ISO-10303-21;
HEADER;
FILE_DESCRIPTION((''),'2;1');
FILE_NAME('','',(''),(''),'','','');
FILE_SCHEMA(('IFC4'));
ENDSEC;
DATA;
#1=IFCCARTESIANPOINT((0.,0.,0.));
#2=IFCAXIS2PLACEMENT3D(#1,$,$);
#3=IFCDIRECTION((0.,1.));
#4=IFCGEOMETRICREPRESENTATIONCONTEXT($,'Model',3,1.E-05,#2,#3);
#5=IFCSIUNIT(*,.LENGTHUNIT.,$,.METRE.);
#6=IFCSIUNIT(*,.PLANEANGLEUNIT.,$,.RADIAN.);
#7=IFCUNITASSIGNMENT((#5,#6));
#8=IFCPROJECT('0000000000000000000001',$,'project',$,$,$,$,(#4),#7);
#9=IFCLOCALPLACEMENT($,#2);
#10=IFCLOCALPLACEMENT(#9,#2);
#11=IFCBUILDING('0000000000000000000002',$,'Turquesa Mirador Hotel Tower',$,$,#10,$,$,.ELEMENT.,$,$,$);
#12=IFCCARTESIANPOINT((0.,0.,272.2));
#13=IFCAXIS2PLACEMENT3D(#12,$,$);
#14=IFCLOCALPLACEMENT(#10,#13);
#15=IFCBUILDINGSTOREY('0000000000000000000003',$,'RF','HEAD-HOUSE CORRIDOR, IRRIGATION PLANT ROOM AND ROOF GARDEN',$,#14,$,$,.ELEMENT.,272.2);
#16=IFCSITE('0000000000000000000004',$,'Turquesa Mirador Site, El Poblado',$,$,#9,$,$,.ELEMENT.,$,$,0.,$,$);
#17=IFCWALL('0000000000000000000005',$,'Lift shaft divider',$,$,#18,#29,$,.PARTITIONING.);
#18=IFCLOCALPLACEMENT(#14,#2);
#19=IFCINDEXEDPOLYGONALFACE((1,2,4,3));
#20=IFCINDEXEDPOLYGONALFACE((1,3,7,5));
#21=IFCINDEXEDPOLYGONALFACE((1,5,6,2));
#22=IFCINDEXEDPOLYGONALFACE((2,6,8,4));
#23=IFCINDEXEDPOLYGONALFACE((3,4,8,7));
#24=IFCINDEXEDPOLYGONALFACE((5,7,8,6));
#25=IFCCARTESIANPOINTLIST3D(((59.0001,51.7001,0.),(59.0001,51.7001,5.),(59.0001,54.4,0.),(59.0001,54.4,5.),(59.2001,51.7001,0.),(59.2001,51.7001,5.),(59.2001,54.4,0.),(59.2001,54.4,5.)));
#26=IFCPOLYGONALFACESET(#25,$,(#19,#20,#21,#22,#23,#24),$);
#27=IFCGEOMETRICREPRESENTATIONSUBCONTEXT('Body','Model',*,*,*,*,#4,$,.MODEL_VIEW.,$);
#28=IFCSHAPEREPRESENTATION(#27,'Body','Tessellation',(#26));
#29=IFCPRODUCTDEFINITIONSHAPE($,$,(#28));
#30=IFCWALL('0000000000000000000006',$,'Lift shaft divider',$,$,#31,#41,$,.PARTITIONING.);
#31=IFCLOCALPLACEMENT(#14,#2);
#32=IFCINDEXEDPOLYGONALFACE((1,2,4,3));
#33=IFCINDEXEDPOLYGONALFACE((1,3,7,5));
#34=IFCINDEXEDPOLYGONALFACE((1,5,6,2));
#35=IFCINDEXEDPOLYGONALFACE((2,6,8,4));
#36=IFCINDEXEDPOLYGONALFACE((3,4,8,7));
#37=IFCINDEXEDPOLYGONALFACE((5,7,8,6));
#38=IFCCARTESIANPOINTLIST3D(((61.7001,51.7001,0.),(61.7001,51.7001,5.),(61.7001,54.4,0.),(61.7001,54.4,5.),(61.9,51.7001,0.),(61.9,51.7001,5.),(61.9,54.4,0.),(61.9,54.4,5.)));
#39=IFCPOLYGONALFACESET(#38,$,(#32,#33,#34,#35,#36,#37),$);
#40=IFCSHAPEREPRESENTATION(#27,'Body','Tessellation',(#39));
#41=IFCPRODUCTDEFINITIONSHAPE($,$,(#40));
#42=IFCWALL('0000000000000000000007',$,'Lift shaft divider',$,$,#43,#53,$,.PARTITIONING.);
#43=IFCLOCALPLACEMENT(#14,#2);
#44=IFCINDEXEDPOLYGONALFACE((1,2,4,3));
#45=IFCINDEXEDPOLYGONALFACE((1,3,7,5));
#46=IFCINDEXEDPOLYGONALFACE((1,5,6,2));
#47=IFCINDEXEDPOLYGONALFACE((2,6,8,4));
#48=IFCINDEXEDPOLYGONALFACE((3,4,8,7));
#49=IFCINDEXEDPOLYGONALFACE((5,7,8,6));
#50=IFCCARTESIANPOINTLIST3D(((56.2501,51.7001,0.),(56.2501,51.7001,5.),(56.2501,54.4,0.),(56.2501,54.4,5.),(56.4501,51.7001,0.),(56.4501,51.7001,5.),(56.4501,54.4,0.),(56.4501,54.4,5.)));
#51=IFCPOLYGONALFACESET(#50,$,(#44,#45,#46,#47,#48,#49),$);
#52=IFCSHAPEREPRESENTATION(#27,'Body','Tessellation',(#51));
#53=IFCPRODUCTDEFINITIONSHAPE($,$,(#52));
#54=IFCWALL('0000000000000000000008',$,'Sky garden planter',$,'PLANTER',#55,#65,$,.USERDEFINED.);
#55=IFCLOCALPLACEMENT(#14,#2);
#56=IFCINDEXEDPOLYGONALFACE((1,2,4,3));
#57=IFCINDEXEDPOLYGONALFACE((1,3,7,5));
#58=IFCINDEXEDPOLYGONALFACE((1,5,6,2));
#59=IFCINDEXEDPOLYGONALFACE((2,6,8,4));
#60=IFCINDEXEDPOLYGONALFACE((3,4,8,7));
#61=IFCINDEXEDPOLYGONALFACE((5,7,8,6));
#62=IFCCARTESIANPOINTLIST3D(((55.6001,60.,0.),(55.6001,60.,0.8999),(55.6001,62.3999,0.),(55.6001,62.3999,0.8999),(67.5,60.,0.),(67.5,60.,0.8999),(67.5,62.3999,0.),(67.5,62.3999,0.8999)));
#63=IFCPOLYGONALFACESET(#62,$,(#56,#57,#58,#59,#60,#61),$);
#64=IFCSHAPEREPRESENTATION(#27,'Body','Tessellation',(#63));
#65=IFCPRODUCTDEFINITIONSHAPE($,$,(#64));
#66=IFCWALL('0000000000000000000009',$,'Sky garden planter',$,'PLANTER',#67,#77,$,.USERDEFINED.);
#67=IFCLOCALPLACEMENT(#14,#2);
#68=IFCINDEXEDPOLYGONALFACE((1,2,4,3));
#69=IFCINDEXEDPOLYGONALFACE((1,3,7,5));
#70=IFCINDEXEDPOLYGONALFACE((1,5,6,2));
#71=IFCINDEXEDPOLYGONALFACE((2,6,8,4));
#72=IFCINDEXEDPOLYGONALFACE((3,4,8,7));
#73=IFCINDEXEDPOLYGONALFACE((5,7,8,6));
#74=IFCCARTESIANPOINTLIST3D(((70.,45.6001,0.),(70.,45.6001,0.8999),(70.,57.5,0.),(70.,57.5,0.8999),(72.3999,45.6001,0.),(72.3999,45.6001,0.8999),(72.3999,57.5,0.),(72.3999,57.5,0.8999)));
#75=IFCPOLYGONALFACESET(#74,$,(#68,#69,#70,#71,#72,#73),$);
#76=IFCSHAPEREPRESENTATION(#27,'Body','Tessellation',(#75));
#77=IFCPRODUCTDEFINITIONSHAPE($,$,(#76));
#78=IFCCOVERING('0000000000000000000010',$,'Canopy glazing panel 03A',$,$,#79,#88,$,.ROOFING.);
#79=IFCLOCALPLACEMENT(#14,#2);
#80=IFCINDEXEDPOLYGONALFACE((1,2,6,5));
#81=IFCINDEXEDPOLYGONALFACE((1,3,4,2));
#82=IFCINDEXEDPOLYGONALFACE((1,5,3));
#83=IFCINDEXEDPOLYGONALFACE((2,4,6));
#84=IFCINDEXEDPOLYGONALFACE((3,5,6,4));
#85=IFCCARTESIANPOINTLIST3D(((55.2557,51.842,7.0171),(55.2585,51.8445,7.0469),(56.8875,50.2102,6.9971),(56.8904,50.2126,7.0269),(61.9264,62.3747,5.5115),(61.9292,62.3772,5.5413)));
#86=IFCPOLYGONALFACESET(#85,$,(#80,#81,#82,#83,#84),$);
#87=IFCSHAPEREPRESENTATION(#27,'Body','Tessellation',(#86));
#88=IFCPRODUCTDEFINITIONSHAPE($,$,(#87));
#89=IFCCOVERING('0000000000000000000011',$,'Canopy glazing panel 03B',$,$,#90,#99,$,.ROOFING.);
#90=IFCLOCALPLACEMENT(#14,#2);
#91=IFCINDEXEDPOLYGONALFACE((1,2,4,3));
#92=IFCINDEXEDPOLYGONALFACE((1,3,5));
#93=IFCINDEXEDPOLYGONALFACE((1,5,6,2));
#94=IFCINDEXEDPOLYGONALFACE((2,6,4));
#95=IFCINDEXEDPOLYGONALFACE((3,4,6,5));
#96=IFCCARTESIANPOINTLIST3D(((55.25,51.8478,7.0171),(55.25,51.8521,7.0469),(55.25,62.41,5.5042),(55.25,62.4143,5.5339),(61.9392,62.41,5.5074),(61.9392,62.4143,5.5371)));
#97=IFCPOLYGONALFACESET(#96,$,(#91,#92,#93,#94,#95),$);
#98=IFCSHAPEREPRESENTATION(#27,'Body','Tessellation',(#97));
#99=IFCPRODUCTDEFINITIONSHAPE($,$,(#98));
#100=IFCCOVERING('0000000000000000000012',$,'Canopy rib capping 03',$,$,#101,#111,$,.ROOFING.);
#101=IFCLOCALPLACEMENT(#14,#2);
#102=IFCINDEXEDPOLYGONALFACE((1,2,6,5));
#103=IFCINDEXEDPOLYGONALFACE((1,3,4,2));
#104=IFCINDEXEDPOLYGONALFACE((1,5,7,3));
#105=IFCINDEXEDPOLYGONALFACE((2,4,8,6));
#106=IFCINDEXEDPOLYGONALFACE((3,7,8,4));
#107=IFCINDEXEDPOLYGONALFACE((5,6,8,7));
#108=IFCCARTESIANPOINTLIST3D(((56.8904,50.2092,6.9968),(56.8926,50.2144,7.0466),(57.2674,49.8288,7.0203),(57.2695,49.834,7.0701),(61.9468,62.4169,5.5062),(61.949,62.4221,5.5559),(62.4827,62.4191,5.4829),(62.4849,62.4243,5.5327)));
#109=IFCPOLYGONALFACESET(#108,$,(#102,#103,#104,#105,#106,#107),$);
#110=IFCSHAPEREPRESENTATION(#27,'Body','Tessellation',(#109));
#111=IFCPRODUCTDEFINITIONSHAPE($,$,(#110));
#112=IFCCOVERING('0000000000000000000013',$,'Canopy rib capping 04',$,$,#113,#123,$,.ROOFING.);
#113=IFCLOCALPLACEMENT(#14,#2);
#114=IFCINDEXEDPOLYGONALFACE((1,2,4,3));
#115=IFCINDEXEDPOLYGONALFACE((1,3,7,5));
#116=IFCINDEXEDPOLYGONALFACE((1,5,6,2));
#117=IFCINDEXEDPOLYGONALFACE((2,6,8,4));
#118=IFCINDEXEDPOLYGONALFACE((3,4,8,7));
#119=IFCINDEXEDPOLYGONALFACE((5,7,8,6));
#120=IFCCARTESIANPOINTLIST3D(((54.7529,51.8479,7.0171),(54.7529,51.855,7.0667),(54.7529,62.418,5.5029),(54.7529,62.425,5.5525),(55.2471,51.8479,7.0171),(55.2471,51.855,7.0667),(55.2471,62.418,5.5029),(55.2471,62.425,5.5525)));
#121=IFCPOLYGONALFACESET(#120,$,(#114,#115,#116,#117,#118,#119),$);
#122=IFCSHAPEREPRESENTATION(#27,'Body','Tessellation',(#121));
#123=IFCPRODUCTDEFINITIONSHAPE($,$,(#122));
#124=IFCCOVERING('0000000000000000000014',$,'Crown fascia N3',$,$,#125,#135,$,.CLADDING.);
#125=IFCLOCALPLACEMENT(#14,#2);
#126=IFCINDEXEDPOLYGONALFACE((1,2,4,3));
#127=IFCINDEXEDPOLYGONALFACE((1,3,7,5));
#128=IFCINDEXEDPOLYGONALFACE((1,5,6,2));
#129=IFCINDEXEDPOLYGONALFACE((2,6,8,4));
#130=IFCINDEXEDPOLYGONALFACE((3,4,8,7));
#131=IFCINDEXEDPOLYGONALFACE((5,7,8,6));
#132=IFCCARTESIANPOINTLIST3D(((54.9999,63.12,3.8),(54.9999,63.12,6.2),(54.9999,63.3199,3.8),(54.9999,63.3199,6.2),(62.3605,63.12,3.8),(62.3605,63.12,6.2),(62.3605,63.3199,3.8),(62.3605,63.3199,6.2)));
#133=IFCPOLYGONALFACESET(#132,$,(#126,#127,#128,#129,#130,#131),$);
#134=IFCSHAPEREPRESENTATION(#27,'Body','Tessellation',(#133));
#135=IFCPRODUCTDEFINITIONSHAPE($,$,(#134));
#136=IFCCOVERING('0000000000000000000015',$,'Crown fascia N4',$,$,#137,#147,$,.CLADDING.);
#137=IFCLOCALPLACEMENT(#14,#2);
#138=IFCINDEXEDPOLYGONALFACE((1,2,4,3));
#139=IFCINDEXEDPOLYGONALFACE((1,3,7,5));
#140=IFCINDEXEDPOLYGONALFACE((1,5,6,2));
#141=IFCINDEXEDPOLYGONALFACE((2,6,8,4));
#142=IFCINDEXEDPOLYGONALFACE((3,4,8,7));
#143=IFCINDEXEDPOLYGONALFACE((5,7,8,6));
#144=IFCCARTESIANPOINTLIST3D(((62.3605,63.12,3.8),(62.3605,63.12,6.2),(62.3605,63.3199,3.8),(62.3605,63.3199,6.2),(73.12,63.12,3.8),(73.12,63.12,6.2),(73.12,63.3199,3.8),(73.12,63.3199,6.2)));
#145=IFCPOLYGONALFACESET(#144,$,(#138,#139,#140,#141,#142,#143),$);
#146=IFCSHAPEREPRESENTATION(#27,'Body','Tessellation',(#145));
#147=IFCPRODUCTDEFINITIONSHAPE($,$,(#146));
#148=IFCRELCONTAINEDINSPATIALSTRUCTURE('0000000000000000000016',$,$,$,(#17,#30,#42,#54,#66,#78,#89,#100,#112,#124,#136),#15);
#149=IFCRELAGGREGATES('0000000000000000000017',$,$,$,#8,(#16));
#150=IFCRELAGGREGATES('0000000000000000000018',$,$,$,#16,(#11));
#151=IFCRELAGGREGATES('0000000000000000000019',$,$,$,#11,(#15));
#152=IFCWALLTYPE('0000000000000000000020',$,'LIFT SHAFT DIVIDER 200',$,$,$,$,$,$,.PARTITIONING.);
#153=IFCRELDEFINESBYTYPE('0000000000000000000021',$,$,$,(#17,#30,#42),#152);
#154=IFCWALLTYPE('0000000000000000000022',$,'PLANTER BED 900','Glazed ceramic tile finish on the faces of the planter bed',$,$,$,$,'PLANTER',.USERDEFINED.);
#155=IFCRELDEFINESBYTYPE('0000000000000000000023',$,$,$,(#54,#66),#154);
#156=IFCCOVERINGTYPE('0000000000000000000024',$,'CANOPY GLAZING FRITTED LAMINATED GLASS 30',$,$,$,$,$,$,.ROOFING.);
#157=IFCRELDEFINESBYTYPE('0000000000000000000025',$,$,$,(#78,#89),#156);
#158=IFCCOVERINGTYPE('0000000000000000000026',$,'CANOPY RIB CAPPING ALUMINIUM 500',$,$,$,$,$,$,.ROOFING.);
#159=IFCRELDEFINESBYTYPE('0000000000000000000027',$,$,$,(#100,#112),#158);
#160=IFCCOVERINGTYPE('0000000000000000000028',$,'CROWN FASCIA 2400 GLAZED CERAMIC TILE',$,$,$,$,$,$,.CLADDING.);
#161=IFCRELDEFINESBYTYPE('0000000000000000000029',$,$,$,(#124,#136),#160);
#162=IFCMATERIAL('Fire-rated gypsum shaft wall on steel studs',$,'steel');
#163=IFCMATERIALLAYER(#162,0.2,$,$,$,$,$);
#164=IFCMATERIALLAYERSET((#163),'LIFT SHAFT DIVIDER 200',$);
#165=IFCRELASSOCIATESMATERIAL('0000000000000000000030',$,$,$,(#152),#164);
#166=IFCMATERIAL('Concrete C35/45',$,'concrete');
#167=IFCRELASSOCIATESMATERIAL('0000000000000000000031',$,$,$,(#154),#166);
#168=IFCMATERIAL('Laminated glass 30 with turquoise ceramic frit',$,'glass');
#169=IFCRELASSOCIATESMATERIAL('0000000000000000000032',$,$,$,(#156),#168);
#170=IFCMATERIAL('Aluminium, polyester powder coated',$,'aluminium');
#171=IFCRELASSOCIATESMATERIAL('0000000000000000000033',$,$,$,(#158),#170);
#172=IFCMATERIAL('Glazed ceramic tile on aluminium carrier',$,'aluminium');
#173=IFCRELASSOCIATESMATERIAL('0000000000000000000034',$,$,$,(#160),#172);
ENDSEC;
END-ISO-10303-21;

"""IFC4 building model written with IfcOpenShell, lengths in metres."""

from ifc_helpers import new_model, si_unit, direction, frame, frame_2d, origin, origin_2d, place, context, subcontext, project, spatial, polyline, rectangle, outline, extrude, material, layer, layer_set, type_object, element, save


model = new_model("IFC4")

# Units and contexts
model_context = context("Model", 3, precision=1e-05, world=origin(), true_north=direction((0.0, 1.0)))
body_context = subcontext(model_context, "Body", "Model", "MODEL_VIEW")
ifc_project = project(units=[si_unit("LENGTHUNIT", "METRE"), si_unit("PLANEANGLEUNIT", "RADIAN")], contexts=[model_context])

# Site, building, storey
site_placement = place(None, origin())
site = spatial("IfcSite", under=ifc_project, at=site_placement, Name="Turquesa Mirador Site, El Poblado", CompositionType="ELEMENT", RefElevation=0.0)
building_placement = place(site_placement, origin())
building = spatial("IfcBuilding", under=site, at=building_placement, Name="Turquesa Mirador Hotel Tower", CompositionType="ELEMENT")
storey_placement = place(building_placement, frame((0.0, 0.0, 272.2)))
storey = spatial("IfcBuildingStorey", under=building, at=storey_placement, Name="RF", Description="HEAD-HOUSE CORRIDOR, IRRIGATION PLANT ROOM AND ROOF GARDEN", CompositionType="ELEMENT", Elevation=272.2)

# Walls
ifc_material_1 = material(Name="Fire-rated gypsum shaft wall on steel studs", Category="steel")
ifc_layer_1 = layer(ifc_material_1, 0.2)
ifc_layer_set_1 = layer_set([ifc_layer_1], Name="LIFT SHAFT DIVIDER 200")
wall_type_1 = type_object("IfcWallType", Name="LIFT SHAFT DIVIDER 200", PredefinedType="PARTITIONING", material=ifc_layer_set_1)
for number, where, z_axis, x_axis, name in (
    (1, (59.1001, 51.7, 0.0), (0.0, 0.0, 1.0), (0.0, 1.0, 0.0), "Lift shaft divider"),
    (2, (61.8, 51.7, 0.0), (0.0, 0.0, 1.0), (0.0, 1.0, 0.0), "Lift shaft divider"),
    (3, (56.3501, 51.7, 0.0), (0.0, 0.0, 1.0), (0.0, 1.0, 0.0), "Lift shaft divider"),
):
    element("IfcWall", number, at=place(storey_placement, frame(where, z_axis=z_axis, x_axis=x_axis)), inside=storey, type_object=wall_type_1, Name=name, PredefinedType="PARTITIONING", context=body_context, shape_type="SweptSolid", body=[
        extrude(rectangle(XDim=2.7, YDim=0.2, at=frame_2d((1.3501, 0.0))), origin(), (0.0, 0.0, 1.0), 5.0),
    ])
ifc_material_2 = material(Name="Concrete C35/45", Category="concrete")
wall_type_2 = type_object("IfcWallType", Name="PLANTER BED 900", Description="Glazed ceramic tile finish on the faces of the planter bed", ElementType="PLANTER", PredefinedType="USERDEFINED", material=ifc_material_2)
wall_1_placement = place(storey_placement, frame((61.55, 61.2, 0.0), z_axis=(0.0, 0.0, 1.0), x_axis=(1.0, 0.0, 0.0)))
element("IfcWall", 4, at=wall_1_placement, inside=storey, type_object=wall_type_2, Name="Sky garden planter", ObjectType="PLANTER", PredefinedType="USERDEFINED", context=body_context, shape_type="SweptSolid", body=[
    extrude(rectangle(XDim=11.8999, YDim=2.3999, at=origin_2d()), origin(), (0.0, 0.0, 1.0), 0.8999),
])
wall_2_placement = place(storey_placement, frame((71.2, 51.55, 0.0), z_axis=(0.0, 0.0, 1.0), x_axis=(1.0, 0.0, 0.0)))
element("IfcWall", 5, at=wall_2_placement, inside=storey, type_object=wall_type_2, Name="Sky garden planter", ObjectType="PLANTER", PredefinedType="USERDEFINED", context=body_context, shape_type="SweptSolid", body=[
    extrude(rectangle(XDim=2.3999, YDim=11.8999, at=origin_2d()), origin(), (0.0, 0.0, 1.0), 0.8999),
])

# Coverings
ifc_material_3 = material(Name="Laminated glass 30 with turquoise ceramic frit", Category="glass")
covering_type_1 = type_object("IfcCoveringType", Name="CANOPY GLAZING FRITTED LAMINATED GLASS 30", PredefinedType="ROOFING", material=ifc_material_3)
covering_1_placement = place(storey_placement, frame((61.9292, 62.3772, 5.5413), z_axis=(0.094284, 0.082112, 0.992153), x_axis=(-0.380277, -0.918052, 0.112117)))
element("IfcCovering", 6, at=covering_1_placement, inside=storey, type_object=covering_type_1, Name="Canopy glazing panel 03A", PredefinedType="ROOFING", context=body_context, shape_type="SweptSolid", body=[
    extrude(outline(polyline([(0.0, 0.0), (13.2504, 0.0), (12.3751, -2.1354), (0.0, 0.0)])), origin(), (0.0, 0.0, -1.0), 0.03),
])
covering_2_placement = place(storey_placement, frame((61.9392, 62.4143, 5.5371), z_axis=(-0.00047, 0.141793, 0.989896), x_axis=(-0.531181, -0.838734, 0.119888)))
element("IfcCovering", 7, at=covering_2_placement, inside=storey, type_object=covering_type_1, Name="Canopy glazing panel 03B", PredefinedType="ROOFING", context=body_context, shape_type="SweptSolid", body=[
    extrude(outline(polyline([(0.0, 0.0), (12.5931, 0.0), (3.5528, -5.6677), (0.0, 0.0)])), origin(), (0.0, 0.0, -1.0), 0.03),
])
ifc_material_4 = material(Name="Aluminium, polyester powder coated", Category="aluminium")
covering_type_2 = type_object("IfcCoveringType", Name="CANOPY RIB CAPPING ALUMINIUM 500", PredefinedType="ROOFING", material=ifc_material_4)
covering_3_placement = place(storey_placement, frame((61.949, 62.4221, 5.5559), z_axis=(0.042679, 0.103661, 0.993697), x_axis=(-0.380257, -0.918062, 0.112103)))
element("IfcCovering", 8, at=covering_3_placement, inside=storey, type_object=covering_type_2, Name="Canopy rib capping 03", PredefinedType="ROOFING", context=body_context, shape_type="SweptSolid", body=[
    extrude(outline(polyline([(0.0, 0.0), (13.2973, 0.0), (13.5058, 0.4938), (-0.2084, 0.4943), (0.0, 0.0)])), origin(), (0.0, 0.0, -1.0), 0.05),
])
covering_4_placement = place(storey_placement, frame((54.7529, 62.425, 5.5525), z_axis=(0.0, 0.141802, 0.989895), x_axis=(0.0, -0.989895, 0.141802)))
element("IfcCovering", 9, at=covering_4_placement, inside=storey, type_object=covering_type_2, Name="Canopy rib capping 04", PredefinedType="ROOFING", context=body_context, shape_type="SweptSolid", body=[
    extrude(outline(polyline([(0.0, 0.0), (10.678, 0.0), (10.678, 0.4941), (0.0, 0.4941), (0.0, 0.0)])), origin(), (0.0, 0.0, -1.0), 0.05),
])
ifc_material_5 = material(Name="Glazed ceramic tile on aluminium carrier", Category="aluminium")
covering_type_3 = type_object("IfcCoveringType", Name="CROWN FASCIA 2400 GLAZED CERAMIC TILE", PredefinedType="CLADDING", material=ifc_material_5)
covering_5_placement = place(storey_placement, frame((58.6802, 63.22, 3.8), z_axis=(0.0, 0.0, 1.0), x_axis=(1.0, 0.0, 0.0)))
element("IfcCovering", 10, at=covering_5_placement, inside=storey, type_object=covering_type_3, Name="Crown fascia N3", PredefinedType="CLADDING", context=body_context, shape_type="SweptSolid", body=[
    extrude(rectangle(XDim=7.3606, YDim=0.2, at=origin_2d()), origin(), (0.0, 0.0, 1.0), 2.3999),
])
covering_6_placement = place(storey_placement, frame((67.7402, 63.22, 3.8), z_axis=(0.0, 0.0, 1.0), x_axis=(1.0, 0.0, 0.0)))
element("IfcCovering", 11, at=covering_6_placement, inside=storey, type_object=covering_type_3, Name="Crown fascia N4", PredefinedType="CLADDING", context=body_context, shape_type="SweptSolid", body=[
    extrude(rectangle(XDim=10.7595, YDim=0.2, at=origin_2d()), origin(), (0.0, 0.0, 1.0), 2.3999),
])

save(model, "model.ifc")
